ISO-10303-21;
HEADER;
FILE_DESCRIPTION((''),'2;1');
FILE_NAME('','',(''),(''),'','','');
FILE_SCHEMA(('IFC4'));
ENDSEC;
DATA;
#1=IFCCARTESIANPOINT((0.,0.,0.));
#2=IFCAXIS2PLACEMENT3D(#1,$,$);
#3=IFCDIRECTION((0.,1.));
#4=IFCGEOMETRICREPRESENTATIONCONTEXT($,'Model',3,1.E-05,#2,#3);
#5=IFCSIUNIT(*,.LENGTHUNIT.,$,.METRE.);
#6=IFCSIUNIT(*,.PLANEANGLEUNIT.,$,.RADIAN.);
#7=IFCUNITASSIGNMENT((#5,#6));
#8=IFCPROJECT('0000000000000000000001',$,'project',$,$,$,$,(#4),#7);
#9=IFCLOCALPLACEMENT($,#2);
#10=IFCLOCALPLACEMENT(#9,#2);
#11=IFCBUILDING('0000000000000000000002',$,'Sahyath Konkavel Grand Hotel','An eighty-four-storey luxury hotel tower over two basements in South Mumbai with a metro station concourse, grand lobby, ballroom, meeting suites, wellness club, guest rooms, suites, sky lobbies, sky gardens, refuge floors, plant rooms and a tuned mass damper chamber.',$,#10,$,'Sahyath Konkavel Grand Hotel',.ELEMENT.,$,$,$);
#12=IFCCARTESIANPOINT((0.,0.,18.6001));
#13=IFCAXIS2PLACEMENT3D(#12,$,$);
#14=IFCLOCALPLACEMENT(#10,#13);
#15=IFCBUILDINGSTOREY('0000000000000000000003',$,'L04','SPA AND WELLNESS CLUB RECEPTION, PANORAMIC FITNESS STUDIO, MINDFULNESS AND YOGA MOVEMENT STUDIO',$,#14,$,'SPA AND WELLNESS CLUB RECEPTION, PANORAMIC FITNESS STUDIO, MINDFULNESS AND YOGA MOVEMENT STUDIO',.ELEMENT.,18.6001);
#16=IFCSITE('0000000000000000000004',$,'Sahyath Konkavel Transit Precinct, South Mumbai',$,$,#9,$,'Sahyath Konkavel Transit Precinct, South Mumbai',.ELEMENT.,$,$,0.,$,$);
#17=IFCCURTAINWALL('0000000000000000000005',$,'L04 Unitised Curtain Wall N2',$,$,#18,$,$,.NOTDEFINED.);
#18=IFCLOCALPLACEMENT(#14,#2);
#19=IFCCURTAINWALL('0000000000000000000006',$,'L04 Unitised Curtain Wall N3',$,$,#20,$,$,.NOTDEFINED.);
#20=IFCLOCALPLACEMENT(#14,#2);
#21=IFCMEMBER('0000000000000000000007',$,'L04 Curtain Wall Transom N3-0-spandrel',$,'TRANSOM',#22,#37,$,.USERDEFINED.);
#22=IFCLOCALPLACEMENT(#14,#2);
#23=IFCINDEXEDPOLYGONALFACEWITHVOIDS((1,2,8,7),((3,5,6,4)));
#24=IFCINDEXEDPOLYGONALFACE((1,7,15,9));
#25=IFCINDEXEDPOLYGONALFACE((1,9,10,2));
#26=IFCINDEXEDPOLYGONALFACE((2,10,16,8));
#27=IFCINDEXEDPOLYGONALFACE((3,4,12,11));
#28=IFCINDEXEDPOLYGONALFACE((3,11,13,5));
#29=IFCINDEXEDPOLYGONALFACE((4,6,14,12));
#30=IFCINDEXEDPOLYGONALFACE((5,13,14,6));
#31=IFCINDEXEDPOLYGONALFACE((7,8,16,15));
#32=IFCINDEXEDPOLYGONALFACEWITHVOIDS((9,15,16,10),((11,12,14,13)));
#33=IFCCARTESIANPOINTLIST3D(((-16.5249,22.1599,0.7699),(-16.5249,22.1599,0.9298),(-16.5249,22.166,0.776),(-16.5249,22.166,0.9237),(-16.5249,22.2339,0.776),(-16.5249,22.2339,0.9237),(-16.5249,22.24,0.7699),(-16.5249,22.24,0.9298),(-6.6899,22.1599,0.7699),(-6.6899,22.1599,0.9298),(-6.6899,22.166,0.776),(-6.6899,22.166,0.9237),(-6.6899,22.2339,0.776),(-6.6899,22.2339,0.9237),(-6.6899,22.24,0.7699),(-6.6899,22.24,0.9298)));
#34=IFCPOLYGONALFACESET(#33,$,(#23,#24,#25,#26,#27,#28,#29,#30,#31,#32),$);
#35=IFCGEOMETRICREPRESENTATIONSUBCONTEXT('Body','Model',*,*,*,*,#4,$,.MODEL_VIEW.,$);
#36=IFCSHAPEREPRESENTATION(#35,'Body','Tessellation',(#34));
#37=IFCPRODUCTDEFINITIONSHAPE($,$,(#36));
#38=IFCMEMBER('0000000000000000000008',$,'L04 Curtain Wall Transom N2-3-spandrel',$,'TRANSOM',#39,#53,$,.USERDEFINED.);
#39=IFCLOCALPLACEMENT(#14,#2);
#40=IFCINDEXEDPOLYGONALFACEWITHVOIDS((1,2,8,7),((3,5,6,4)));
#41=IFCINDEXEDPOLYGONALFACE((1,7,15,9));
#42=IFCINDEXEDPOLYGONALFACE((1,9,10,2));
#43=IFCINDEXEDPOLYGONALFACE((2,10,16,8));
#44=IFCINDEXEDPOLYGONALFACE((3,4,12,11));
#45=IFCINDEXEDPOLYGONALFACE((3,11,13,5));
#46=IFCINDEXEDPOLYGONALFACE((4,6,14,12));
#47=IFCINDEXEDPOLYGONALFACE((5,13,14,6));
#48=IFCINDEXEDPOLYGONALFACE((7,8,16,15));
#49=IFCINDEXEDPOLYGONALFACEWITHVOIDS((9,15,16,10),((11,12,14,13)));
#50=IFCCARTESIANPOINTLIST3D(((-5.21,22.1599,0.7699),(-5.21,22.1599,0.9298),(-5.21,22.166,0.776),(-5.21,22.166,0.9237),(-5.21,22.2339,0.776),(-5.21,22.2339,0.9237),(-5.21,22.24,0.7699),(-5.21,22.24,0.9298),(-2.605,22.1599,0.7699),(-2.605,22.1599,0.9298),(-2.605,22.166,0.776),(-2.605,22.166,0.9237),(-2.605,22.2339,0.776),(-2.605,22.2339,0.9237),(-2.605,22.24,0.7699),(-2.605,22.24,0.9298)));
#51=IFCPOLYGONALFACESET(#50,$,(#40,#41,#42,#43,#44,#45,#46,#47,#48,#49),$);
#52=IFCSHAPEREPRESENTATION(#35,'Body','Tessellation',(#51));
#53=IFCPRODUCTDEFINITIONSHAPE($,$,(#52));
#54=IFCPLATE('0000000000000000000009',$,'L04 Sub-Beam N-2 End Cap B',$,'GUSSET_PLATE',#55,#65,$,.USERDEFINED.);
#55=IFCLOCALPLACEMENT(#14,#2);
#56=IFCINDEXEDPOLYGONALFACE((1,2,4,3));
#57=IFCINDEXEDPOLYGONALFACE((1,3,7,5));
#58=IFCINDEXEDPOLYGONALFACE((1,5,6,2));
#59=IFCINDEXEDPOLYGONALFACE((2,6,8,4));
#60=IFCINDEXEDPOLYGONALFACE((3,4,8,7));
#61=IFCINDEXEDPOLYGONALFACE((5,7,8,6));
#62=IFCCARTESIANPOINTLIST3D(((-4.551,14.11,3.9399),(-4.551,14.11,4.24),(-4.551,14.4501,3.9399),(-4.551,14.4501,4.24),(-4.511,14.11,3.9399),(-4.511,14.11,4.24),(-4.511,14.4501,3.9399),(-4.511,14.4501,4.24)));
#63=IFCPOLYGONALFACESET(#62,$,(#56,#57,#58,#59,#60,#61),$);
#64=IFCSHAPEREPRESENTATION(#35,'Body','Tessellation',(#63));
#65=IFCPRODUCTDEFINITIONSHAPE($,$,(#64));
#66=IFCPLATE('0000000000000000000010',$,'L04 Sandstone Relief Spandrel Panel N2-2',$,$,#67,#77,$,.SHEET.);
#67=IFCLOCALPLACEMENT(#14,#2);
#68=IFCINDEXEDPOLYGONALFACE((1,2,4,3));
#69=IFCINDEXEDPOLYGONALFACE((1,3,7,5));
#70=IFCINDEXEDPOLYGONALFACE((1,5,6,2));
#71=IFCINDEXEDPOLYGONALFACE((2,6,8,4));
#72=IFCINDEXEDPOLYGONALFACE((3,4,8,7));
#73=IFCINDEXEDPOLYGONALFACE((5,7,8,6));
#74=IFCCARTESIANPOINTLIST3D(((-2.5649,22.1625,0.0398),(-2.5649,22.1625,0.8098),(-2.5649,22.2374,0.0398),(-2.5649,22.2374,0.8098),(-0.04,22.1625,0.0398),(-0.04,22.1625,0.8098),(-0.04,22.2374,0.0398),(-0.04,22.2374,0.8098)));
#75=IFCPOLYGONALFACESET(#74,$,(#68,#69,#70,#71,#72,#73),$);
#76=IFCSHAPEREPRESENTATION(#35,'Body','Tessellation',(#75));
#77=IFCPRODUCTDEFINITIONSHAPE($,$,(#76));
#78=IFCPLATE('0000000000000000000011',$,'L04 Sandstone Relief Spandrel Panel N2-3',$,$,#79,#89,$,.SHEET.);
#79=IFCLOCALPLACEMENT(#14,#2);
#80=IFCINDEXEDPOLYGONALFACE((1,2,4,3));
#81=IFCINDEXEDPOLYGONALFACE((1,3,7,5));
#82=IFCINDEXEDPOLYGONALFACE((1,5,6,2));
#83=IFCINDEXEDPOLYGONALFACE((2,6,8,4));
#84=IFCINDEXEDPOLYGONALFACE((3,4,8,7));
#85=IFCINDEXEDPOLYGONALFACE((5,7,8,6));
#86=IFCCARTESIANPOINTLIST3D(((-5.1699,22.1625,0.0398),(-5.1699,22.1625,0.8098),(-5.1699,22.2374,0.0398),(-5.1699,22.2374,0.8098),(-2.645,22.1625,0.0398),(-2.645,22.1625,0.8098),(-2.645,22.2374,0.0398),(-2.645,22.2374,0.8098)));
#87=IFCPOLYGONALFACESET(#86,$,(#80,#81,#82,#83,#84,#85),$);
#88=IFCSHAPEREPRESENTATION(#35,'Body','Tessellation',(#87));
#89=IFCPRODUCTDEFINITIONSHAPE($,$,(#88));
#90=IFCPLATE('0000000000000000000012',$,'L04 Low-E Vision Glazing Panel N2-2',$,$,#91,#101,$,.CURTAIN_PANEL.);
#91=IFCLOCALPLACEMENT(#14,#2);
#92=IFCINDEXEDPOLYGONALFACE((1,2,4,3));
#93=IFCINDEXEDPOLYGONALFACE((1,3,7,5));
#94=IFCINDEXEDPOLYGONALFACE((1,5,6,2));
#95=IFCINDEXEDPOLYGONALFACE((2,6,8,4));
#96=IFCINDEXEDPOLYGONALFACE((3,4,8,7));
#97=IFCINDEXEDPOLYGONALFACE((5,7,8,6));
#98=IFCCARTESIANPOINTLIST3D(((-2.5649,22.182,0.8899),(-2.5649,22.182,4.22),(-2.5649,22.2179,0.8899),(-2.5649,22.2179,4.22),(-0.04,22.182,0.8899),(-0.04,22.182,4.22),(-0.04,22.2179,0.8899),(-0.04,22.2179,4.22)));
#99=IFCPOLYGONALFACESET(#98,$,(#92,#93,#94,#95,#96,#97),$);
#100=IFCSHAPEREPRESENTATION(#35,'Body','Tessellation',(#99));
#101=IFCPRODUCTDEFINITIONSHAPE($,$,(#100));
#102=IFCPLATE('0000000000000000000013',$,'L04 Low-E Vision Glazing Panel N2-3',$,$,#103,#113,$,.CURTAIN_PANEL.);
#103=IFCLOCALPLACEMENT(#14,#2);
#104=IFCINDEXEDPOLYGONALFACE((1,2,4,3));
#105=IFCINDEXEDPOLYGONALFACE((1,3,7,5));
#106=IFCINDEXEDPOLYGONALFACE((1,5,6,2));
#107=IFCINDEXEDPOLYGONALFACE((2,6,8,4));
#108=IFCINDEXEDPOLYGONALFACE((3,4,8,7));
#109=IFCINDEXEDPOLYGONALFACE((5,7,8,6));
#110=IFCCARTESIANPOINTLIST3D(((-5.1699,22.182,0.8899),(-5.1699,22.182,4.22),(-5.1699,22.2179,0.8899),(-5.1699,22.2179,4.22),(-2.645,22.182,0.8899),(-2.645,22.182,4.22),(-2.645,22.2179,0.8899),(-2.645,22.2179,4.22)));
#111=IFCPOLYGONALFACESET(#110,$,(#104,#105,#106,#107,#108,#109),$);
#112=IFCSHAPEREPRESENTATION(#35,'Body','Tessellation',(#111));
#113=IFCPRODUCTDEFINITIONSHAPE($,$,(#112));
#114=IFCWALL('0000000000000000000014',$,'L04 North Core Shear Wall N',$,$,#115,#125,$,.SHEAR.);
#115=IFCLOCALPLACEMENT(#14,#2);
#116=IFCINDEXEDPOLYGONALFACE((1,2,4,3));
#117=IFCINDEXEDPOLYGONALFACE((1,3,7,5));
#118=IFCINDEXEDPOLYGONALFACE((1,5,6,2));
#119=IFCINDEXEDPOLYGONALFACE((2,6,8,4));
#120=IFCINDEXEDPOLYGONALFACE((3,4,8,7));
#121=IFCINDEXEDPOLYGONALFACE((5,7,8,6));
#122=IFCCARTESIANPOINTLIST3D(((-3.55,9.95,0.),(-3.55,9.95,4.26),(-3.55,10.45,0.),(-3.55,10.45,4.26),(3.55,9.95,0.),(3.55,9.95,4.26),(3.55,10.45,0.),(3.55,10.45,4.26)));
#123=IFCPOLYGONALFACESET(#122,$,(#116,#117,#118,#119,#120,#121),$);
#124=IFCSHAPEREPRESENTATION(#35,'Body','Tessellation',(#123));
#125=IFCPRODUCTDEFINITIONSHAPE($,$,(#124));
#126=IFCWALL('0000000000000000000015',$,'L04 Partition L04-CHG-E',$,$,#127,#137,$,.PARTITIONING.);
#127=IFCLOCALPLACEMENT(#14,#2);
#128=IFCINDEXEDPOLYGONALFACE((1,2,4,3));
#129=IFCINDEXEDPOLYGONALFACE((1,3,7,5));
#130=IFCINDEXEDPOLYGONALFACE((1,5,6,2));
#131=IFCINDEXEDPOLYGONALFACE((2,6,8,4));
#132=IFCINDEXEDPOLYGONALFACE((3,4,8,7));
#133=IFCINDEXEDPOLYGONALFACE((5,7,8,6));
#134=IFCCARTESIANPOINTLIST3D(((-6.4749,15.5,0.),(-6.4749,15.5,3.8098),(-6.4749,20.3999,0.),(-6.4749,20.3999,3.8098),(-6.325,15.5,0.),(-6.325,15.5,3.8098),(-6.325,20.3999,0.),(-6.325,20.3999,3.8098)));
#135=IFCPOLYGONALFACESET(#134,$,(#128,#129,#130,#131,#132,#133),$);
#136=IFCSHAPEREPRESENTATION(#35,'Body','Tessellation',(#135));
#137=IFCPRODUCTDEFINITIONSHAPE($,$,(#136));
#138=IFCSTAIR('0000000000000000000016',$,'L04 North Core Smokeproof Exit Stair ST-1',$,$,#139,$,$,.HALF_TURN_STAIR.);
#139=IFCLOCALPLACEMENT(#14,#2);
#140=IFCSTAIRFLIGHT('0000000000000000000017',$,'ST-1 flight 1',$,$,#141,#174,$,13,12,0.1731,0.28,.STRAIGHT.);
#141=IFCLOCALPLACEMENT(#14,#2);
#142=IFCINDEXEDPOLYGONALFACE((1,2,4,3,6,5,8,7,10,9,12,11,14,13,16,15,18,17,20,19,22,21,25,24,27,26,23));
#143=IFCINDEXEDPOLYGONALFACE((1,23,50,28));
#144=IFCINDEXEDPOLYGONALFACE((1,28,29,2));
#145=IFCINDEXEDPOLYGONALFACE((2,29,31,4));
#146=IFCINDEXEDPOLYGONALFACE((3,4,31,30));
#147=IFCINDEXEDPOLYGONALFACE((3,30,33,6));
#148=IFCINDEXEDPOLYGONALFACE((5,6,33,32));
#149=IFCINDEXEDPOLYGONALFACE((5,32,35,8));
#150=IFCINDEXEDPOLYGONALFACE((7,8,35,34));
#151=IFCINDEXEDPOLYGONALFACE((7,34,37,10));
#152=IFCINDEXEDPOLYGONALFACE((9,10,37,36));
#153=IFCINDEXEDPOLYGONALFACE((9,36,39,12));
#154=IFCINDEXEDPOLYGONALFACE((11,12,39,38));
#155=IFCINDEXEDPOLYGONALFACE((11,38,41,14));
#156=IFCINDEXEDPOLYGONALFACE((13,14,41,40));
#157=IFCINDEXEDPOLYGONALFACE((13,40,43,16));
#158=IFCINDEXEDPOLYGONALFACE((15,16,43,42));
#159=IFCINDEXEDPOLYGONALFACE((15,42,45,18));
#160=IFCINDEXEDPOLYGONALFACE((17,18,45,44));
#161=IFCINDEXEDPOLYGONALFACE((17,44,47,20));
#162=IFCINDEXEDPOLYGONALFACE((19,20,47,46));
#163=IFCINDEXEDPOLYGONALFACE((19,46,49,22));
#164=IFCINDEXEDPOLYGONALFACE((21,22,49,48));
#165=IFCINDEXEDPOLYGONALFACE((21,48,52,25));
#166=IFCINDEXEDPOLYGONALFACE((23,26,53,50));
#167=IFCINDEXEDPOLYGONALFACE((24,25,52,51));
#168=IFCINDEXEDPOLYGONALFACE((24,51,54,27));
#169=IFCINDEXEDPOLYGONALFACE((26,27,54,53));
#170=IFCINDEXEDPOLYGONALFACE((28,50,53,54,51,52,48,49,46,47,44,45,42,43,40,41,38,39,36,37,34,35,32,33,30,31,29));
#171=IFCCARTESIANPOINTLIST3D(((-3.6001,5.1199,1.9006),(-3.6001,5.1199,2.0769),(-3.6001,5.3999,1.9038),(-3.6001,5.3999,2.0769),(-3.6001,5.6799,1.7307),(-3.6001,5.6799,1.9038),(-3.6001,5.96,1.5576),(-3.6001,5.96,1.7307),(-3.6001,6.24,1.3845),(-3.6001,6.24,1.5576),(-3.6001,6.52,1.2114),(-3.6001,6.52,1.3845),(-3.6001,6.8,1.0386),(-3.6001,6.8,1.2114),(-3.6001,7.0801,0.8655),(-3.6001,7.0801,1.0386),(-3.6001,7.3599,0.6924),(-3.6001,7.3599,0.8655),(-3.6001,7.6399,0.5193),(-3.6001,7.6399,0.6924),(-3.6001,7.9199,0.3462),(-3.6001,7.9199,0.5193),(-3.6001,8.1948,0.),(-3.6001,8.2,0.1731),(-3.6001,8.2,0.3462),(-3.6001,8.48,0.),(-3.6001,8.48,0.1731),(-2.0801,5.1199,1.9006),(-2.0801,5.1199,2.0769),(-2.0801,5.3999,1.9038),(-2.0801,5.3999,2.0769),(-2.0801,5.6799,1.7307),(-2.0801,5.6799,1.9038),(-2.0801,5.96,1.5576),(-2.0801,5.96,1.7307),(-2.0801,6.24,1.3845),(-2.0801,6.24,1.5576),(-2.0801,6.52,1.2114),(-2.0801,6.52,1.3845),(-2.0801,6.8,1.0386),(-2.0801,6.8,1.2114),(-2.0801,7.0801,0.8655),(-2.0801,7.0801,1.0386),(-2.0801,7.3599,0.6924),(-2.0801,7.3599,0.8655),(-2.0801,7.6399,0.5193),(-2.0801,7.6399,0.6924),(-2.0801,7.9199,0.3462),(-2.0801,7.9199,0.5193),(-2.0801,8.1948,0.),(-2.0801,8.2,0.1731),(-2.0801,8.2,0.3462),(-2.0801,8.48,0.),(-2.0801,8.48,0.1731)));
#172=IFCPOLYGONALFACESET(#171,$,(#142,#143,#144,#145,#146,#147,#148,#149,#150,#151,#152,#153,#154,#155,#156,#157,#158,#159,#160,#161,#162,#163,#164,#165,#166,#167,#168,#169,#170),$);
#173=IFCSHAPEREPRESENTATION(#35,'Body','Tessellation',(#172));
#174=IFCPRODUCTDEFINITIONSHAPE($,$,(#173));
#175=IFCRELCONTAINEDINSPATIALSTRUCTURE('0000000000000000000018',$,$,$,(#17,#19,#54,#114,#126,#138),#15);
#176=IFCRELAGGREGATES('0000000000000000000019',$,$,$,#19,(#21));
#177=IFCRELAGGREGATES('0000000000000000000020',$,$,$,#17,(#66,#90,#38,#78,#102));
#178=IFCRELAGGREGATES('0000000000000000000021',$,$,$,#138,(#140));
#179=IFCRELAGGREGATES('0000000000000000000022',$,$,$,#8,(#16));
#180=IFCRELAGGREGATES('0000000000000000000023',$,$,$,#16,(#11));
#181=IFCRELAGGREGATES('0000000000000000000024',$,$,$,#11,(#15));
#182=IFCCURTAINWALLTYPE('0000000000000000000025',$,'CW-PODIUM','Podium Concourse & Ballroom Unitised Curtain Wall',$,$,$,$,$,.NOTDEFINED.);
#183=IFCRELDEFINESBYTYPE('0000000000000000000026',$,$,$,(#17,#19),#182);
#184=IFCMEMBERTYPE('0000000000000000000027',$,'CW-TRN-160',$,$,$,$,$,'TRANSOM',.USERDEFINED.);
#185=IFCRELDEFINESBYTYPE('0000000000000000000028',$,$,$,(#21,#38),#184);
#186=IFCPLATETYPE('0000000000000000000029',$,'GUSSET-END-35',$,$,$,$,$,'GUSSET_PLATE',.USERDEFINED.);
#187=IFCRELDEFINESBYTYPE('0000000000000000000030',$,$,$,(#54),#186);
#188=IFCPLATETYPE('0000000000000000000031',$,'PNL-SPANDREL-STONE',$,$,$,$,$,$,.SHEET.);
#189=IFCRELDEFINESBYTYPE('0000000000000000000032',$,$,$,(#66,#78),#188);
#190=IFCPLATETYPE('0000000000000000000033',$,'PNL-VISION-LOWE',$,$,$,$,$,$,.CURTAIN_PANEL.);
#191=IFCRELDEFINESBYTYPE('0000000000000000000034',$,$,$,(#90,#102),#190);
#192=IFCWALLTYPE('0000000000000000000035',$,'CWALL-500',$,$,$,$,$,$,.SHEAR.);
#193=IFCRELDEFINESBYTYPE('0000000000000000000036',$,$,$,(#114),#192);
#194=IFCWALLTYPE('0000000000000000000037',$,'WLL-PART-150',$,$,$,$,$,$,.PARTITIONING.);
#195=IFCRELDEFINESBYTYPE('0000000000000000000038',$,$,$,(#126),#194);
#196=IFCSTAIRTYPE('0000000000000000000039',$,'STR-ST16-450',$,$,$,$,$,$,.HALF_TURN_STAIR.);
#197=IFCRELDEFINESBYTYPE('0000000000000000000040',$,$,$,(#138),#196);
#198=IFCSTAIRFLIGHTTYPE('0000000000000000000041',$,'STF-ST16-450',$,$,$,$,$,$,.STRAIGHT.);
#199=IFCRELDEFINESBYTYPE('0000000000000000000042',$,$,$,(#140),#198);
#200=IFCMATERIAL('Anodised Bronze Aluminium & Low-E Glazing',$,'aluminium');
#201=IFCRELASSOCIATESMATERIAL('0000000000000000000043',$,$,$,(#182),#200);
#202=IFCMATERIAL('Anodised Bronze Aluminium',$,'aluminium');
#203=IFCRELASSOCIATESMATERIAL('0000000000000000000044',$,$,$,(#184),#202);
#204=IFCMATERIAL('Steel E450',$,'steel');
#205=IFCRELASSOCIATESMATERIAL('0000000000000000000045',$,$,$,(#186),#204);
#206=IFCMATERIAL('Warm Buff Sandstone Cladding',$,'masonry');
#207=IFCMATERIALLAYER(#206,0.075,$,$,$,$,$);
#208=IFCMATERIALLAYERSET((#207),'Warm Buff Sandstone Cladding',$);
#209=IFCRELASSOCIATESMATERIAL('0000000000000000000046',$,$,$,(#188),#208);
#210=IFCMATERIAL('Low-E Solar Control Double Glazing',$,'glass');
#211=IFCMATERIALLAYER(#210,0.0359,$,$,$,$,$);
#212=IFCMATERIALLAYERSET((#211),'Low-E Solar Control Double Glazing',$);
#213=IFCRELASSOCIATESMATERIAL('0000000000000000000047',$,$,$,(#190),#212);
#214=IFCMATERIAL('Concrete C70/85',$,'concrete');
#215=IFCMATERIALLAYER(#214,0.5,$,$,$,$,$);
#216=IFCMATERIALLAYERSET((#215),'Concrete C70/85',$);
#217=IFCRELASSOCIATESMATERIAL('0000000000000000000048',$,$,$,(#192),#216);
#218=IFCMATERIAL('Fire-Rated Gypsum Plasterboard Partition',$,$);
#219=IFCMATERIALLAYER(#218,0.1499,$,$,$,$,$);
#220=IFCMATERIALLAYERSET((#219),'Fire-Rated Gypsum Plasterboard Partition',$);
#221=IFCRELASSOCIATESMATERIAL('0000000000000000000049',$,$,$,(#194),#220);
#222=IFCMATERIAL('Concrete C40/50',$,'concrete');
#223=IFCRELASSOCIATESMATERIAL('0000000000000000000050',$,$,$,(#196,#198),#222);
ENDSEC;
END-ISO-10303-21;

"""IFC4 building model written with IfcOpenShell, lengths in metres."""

from ifc_helpers import new_model, si_unit, direction, frame, frame_2d, origin, origin_2d, place, context, subcontext, project, spatial, polyline, rectangle, hollow_rectangle, outline, extrude, source, transform, mapped, material, layer, layer_set, material_profile, profile_set, type_object, element, aggregate, save


model = new_model("IFC4")

# Units and contexts
model_context = context("Model", 3, precision=1e-05, world=origin(), true_north=direction((0.0, 1.0)))
body_context = subcontext(model_context, "Body", "Model", "MODEL_VIEW")
ifc_project = project(units=[si_unit("LENGTHUNIT", "METRE"), si_unit("PLANEANGLEUNIT", "RADIAN")], contexts=[model_context])

# Site, building, storey
site_placement = place(None, origin())
site = spatial("IfcSite", under=ifc_project, at=site_placement, Name="Sahyath Konkavel Transit Precinct, South Mumbai", LongName="Sahyath Konkavel Transit Precinct, South Mumbai", CompositionType="ELEMENT", RefElevation=0.0)
building_placement = place(site_placement, origin())
building = spatial("IfcBuilding", under=site, at=building_placement, Name="Sahyath Konkavel Grand Hotel", Description="An eighty-four-storey luxury hotel tower over two basements in South Mumbai with a metro station concourse, grand lobby, ballroom, meeting suites, wellness club, guest rooms, suites, sky lobbies, sky gardens, refuge floors, plant rooms and a tuned mass damper chamber.", LongName="Sahyath Konkavel Grand Hotel", CompositionType="ELEMENT")
storey_placement = place(building_placement, frame((0.0, 0.0, 18.6001)))
storey = spatial("IfcBuildingStorey", under=building, at=storey_placement, Name="L04", Description="SPA AND WELLNESS CLUB RECEPTION, PANORAMIC FITNESS STUDIO, MINDFULNESS AND YOGA MOVEMENT STUDIO", LongName="SPA AND WELLNESS CLUB RECEPTION, PANORAMIC FITNESS STUDIO, MINDFULNESS AND YOGA MOVEMENT STUDIO", CompositionType="ELEMENT", Elevation=18.6001)

# Shared definitions
ifc_material_1 = material(Name="Concrete C70/85", Category="concrete")

# Curtain walls, member
ifc_material_2 = material(Name="Anodised Bronze Aluminium & Low-E Glazing", Category="aluminium")
curtain_wall_type = type_object("IfcCurtainWallType", Name="CW-PODIUM", Description="Podium Concourse & Ballroom Unitised Curtain Wall", PredefinedType="NOTDEFINED", material=ifc_material_2)
curtain_wall_1_placement = place(storey_placement, origin())
curtain_wall_1 = element("IfcCurtainWall", 1, at=curtain_wall_1_placement, inside=storey, type_object=curtain_wall_type, Name="L04 Unitised Curtain Wall N2", PredefinedType="NOTDEFINED")
ifc_material_3 = material(Name="Anodised Bronze Aluminium", Category="aluminium")
curtain_wall_2_placement = place(storey_placement, origin())
curtain_wall_2 = element("IfcCurtainWall", 2, at=curtain_wall_2_placement, inside=storey, type_object=curtain_wall_type, Name="L04 Unitised Curtain Wall N3", PredefinedType="NOTDEFINED")
ifc_material_profile_1 = material_profile(ifc_material_3, hollow_rectangle(XDim=0.0801, YDim=0.1599, WallThickness=0.0061, at=origin_2d()), Name="RHS 160x80x6")
ifc_profile_set_1 = profile_set([ifc_material_profile_1], Name="Anodised Bronze Aluminium")
member_type_1 = type_object("IfcMemberType", Name="CW-TRN-160", ElementType="TRANSOM", PredefinedType="USERDEFINED", material=ifc_profile_set_1)
shared_shape_1 = source(origin(), body_context, "Body", "SweptSolid", [
    extrude(hollow_rectangle(XDim=0.0801, YDim=0.1599, WallThickness=0.0061, at=origin_2d()), origin(), (0.0, 0.0, 1.0), 9.835),
])
member_1_placement = place(storey_placement, frame((-6.6899, 22.2, 0.8499), z_axis=(-1.0, 0.0, 0.0), x_axis=(0.0, -1.0, 0.0)))
member_1 = element("IfcMember", 3, at=member_1_placement, type_object=member_type_1, Name="L04 Curtain Wall Transom N3-0-spandrel", ObjectType="TRANSOM", PredefinedType="USERDEFINED", context=body_context, shape_type="MappedRepresentation", body=[
    mapped(shared_shape_1, transform((0.0, 0.0, 0.0), scale=1.0)),
])
aggregate(curtain_wall_2, [member_1])

# Member
shared_shape_2 = source(origin(), body_context, "Body", "SweptSolid", [
    extrude(hollow_rectangle(XDim=0.0801, YDim=0.1599, WallThickness=0.0061, at=origin_2d()), origin(), (0.0, 0.0, 1.0), 2.605),
])
member_2_placement = place(storey_placement, frame((-2.605, 22.2, 0.8499), z_axis=(-1.0, 0.0, 0.0), x_axis=(0.0, -1.0, 0.0)))
member_2 = element("IfcMember", 4, at=member_2_placement, type_object=member_type_1, Name="L04 Curtain Wall Transom N2-3-spandrel", ObjectType="TRANSOM", PredefinedType="USERDEFINED", context=body_context, shape_type="MappedRepresentation", body=[
    mapped(shared_shape_2, transform((0.0, 0.0, 0.0), scale=1.0)),
])

# Plates
ifc_material_4 = material(Name="Steel E450", Category="steel")
plate_type_1 = type_object("IfcPlateType", Name="GUSSET-END-35", ElementType="GUSSET_PLATE", PredefinedType="USERDEFINED", material=ifc_material_4)
shared_shape_3 = source(origin(), body_context, "Body", "SweptSolid", [
    extrude(rectangle(XDim=0.04, YDim=0.3401, at=origin_2d()), origin(), (0.0, 0.0, 1.0), 0.3),
])
plate_1_placement = place(storey_placement, frame((-4.531, 14.28, 3.9399), z_axis=(0.0, 0.0, 1.0), x_axis=(-1.0, 0.0, 0.0)))
element("IfcPlate", 5, at=plate_1_placement, inside=storey, type_object=plate_type_1, Name="L04 Sub-Beam N-2 End Cap B", ObjectType="GUSSET_PLATE", PredefinedType="USERDEFINED", context=body_context, shape_type="MappedRepresentation", body=[
    mapped(shared_shape_3, transform((0.0, 0.0, 0.0), scale=1.0)),
])
ifc_material_5 = material(Name="Warm Buff Sandstone Cladding", Category="masonry")
ifc_layer_1 = layer(ifc_material_5, 0.075)
ifc_layer_set_1 = layer_set([ifc_layer_1], Name="Warm Buff Sandstone Cladding")
plate_type_2 = type_object("IfcPlateType", Name="PNL-SPANDREL-STONE", PredefinedType="SHEET", material=ifc_layer_set_1)
shared_shape_4 = source(origin(), body_context, "Body", "SweptSolid", [
    extrude(rectangle(XDim=2.5249, YDim=0.075, at=origin_2d()), origin(), (0.0, 0.0, 1.0), 0.77),
])
plate_2_placement = place(storey_placement, frame((-1.3025, 22.2, 0.0398), z_axis=(0.0, 0.0, 1.0), x_axis=(-1.0, 0.0, 0.0)))
plate_2 = element("IfcPlate", 6, at=plate_2_placement, type_object=plate_type_2, Name="L04 Sandstone Relief Spandrel Panel N2-2", PredefinedType="SHEET", context=body_context, shape_type="MappedRepresentation", body=[
    mapped(shared_shape_4, transform((0.0, 0.0, 0.0), scale=1.0)),
])
plate_3_placement = place(storey_placement, frame((-3.9075, 22.2, 0.0398), z_axis=(0.0, 0.0, 1.0), x_axis=(-1.0, 0.0, 0.0)))
plate_3 = element("IfcPlate", 7, at=plate_3_placement, type_object=plate_type_2, Name="L04 Sandstone Relief Spandrel Panel N2-3", PredefinedType="SHEET", context=body_context, shape_type="MappedRepresentation", body=[
    mapped(shared_shape_4, transform((0.0, 0.0, 0.0), scale=1.0)),
])
ifc_material_6 = material(Name="Low-E Solar Control Double Glazing", Category="glass")
ifc_layer_2 = layer(ifc_material_6, 0.0359)
ifc_layer_set_2 = layer_set([ifc_layer_2], Name="Low-E Solar Control Double Glazing")
plate_type_3 = type_object("IfcPlateType", Name="PNL-VISION-LOWE", PredefinedType="CURTAIN_PANEL", material=ifc_layer_set_2)
shared_shape_5 = source(origin(), body_context, "Body", "SweptSolid", [
    extrude(rectangle(XDim=2.5249, YDim=0.0359, at=origin_2d()), origin(), (0.0, 0.0, 1.0), 3.3301),
])
plate_4_placement = place(storey_placement, frame((-1.3025, 22.2, 0.8899), z_axis=(0.0, 0.0, 1.0), x_axis=(-1.0, 0.0, 0.0)))
plate_4 = element("IfcPlate", 8, at=plate_4_placement, type_object=plate_type_3, Name="L04 Low-E Vision Glazing Panel N2-2", PredefinedType="CURTAIN_PANEL", context=body_context, shape_type="MappedRepresentation", body=[
    mapped(shared_shape_5, transform((0.0, 0.0, 0.0), scale=1.0)),
])
plate_5_placement = place(storey_placement, frame((-3.9075, 22.2, 0.8899), z_axis=(0.0, 0.0, 1.0), x_axis=(-1.0, 0.0, 0.0)))
plate_5 = element("IfcPlate", 9, at=plate_5_placement, type_object=plate_type_3, Name="L04 Low-E Vision Glazing Panel N2-3", PredefinedType="CURTAIN_PANEL", context=body_context, shape_type="MappedRepresentation", body=[
    mapped(shared_shape_5, transform((0.0, 0.0, 0.0), scale=1.0)),
])
aggregate(curtain_wall_1, [plate_2, plate_4, member_2, plate_3, plate_5])

# Walls
ifc_layer_3 = layer(ifc_material_1, 0.5)
ifc_layer_set_3 = layer_set([ifc_layer_3], Name="Concrete C70/85")
wall_type_1 = type_object("IfcWallType", Name="CWALL-500", PredefinedType="SHEAR", material=ifc_layer_set_3)
wall_1_placement = place(storey_placement, frame((-3.55, 10.2, 0.0), z_axis=(0.0, 0.0, 1.0), x_axis=(1.0, 0.0, 0.0)))
element("IfcWall", 10, at=wall_1_placement, inside=storey, type_object=wall_type_1, Name="L04 North Core Shear Wall N", PredefinedType="SHEAR", context=body_context, shape_type="SweptSolid", body=[
    extrude(rectangle(XDim=7.1001, YDim=0.5, at=frame_2d((3.55, 0.0))), origin(), (0.0, 0.0, 1.0), 4.26),
])
ifc_material_7 = material(Name="Fire-Rated Gypsum Plasterboard Partition")
ifc_layer_4 = layer(ifc_material_7, 0.1499)
ifc_layer_set_4 = layer_set([ifc_layer_4], Name="Fire-Rated Gypsum Plasterboard Partition")
wall_type_2 = type_object("IfcWallType", Name="WLL-PART-150", PredefinedType="PARTITIONING", material=ifc_layer_set_4)
wall_2_placement = place(storey_placement, frame((-6.3999, 15.5, 0.0), z_axis=(0.0, 0.0, 1.0), x_axis=(0.0, 1.0, 0.0)))
element("IfcWall", 11, at=wall_2_placement, inside=storey, type_object=wall_type_2, Name="L04 Partition L04-CHG-E", PredefinedType="PARTITIONING", context=body_context, shape_type="SweptSolid", body=[
    extrude(rectangle(XDim=4.8999, YDim=0.1499, at=frame_2d((2.45, 0.0))), origin(), (0.0, 0.0, 1.0), 3.8098),
])

# Stair, stair flight
ifc_material_8 = material(Name="Concrete C40/50", Category="concrete")
stair_type = type_object("IfcStairType", Name="STR-ST16-450", PredefinedType="HALF_TURN_STAIR", material=ifc_material_8)
stair_placement = place(storey_placement, origin())
stair = element("IfcStair", 12, at=stair_placement, inside=storey, type_object=stair_type, Name="L04 North Core Smokeproof Exit Stair ST-1", PredefinedType="HALF_TURN_STAIR")
stair_flight_type = type_object("IfcStairFlightType", Name="STF-ST16-450", PredefinedType="STRAIGHT", material=ifc_material_8)
stair_flight_placement = place(storey_placement, frame((-2.8401, 8.48, 0.0), z_axis=(0.0, 0.0, 1.0), x_axis=(0.0, -1.0, 0.0)))
stair_flight = element("IfcStairFlight", 13, at=stair_flight_placement, type_object=stair_flight_type, Name="ST-1 flight 1", NumberOfRisers=13, NumberOfTreads=12, PredefinedType="STRAIGHT", RiserHeight=0.1731, TreadLength=0.28, context=body_context, shape_type="SweptSolid", body=[
    extrude(outline(polyline([(0.0, 0.0), (0.0, 0.1731), (0.28, 0.1731), (0.28, 0.3462), (0.5601, 0.3462), (0.5601, 0.5193), (0.8401, 0.5193), (0.8401, 0.6924), (1.1201, 0.6924), (1.1201, 0.8655), (1.3999, 0.8655), (1.3999, 1.0386), (1.6799, 1.0386), (1.6799, 1.2114), (1.96, 1.2114), (1.96, 1.3845), (2.24, 1.3845), (2.24, 1.5576), (2.52, 1.5576), (2.52, 1.7307), (2.8, 1.7307), (2.8, 1.9038), (3.0801, 1.9038), (3.0801, 2.0769), (3.3601, 2.0769), (3.3601, 2.25), (3.3601, 1.9006), (0.2852, 0.0), (0.0, 0.0)])), frame((0.0, 0.76, 0.0), z_axis=(0.0, -1.0, 0.0), x_axis=(1.0, 0.0, 0.0)), (0.0, 0.0, 1.0), 1.52),
])
aggregate(stair, [stair_flight])

save(model, "model.ifc")
